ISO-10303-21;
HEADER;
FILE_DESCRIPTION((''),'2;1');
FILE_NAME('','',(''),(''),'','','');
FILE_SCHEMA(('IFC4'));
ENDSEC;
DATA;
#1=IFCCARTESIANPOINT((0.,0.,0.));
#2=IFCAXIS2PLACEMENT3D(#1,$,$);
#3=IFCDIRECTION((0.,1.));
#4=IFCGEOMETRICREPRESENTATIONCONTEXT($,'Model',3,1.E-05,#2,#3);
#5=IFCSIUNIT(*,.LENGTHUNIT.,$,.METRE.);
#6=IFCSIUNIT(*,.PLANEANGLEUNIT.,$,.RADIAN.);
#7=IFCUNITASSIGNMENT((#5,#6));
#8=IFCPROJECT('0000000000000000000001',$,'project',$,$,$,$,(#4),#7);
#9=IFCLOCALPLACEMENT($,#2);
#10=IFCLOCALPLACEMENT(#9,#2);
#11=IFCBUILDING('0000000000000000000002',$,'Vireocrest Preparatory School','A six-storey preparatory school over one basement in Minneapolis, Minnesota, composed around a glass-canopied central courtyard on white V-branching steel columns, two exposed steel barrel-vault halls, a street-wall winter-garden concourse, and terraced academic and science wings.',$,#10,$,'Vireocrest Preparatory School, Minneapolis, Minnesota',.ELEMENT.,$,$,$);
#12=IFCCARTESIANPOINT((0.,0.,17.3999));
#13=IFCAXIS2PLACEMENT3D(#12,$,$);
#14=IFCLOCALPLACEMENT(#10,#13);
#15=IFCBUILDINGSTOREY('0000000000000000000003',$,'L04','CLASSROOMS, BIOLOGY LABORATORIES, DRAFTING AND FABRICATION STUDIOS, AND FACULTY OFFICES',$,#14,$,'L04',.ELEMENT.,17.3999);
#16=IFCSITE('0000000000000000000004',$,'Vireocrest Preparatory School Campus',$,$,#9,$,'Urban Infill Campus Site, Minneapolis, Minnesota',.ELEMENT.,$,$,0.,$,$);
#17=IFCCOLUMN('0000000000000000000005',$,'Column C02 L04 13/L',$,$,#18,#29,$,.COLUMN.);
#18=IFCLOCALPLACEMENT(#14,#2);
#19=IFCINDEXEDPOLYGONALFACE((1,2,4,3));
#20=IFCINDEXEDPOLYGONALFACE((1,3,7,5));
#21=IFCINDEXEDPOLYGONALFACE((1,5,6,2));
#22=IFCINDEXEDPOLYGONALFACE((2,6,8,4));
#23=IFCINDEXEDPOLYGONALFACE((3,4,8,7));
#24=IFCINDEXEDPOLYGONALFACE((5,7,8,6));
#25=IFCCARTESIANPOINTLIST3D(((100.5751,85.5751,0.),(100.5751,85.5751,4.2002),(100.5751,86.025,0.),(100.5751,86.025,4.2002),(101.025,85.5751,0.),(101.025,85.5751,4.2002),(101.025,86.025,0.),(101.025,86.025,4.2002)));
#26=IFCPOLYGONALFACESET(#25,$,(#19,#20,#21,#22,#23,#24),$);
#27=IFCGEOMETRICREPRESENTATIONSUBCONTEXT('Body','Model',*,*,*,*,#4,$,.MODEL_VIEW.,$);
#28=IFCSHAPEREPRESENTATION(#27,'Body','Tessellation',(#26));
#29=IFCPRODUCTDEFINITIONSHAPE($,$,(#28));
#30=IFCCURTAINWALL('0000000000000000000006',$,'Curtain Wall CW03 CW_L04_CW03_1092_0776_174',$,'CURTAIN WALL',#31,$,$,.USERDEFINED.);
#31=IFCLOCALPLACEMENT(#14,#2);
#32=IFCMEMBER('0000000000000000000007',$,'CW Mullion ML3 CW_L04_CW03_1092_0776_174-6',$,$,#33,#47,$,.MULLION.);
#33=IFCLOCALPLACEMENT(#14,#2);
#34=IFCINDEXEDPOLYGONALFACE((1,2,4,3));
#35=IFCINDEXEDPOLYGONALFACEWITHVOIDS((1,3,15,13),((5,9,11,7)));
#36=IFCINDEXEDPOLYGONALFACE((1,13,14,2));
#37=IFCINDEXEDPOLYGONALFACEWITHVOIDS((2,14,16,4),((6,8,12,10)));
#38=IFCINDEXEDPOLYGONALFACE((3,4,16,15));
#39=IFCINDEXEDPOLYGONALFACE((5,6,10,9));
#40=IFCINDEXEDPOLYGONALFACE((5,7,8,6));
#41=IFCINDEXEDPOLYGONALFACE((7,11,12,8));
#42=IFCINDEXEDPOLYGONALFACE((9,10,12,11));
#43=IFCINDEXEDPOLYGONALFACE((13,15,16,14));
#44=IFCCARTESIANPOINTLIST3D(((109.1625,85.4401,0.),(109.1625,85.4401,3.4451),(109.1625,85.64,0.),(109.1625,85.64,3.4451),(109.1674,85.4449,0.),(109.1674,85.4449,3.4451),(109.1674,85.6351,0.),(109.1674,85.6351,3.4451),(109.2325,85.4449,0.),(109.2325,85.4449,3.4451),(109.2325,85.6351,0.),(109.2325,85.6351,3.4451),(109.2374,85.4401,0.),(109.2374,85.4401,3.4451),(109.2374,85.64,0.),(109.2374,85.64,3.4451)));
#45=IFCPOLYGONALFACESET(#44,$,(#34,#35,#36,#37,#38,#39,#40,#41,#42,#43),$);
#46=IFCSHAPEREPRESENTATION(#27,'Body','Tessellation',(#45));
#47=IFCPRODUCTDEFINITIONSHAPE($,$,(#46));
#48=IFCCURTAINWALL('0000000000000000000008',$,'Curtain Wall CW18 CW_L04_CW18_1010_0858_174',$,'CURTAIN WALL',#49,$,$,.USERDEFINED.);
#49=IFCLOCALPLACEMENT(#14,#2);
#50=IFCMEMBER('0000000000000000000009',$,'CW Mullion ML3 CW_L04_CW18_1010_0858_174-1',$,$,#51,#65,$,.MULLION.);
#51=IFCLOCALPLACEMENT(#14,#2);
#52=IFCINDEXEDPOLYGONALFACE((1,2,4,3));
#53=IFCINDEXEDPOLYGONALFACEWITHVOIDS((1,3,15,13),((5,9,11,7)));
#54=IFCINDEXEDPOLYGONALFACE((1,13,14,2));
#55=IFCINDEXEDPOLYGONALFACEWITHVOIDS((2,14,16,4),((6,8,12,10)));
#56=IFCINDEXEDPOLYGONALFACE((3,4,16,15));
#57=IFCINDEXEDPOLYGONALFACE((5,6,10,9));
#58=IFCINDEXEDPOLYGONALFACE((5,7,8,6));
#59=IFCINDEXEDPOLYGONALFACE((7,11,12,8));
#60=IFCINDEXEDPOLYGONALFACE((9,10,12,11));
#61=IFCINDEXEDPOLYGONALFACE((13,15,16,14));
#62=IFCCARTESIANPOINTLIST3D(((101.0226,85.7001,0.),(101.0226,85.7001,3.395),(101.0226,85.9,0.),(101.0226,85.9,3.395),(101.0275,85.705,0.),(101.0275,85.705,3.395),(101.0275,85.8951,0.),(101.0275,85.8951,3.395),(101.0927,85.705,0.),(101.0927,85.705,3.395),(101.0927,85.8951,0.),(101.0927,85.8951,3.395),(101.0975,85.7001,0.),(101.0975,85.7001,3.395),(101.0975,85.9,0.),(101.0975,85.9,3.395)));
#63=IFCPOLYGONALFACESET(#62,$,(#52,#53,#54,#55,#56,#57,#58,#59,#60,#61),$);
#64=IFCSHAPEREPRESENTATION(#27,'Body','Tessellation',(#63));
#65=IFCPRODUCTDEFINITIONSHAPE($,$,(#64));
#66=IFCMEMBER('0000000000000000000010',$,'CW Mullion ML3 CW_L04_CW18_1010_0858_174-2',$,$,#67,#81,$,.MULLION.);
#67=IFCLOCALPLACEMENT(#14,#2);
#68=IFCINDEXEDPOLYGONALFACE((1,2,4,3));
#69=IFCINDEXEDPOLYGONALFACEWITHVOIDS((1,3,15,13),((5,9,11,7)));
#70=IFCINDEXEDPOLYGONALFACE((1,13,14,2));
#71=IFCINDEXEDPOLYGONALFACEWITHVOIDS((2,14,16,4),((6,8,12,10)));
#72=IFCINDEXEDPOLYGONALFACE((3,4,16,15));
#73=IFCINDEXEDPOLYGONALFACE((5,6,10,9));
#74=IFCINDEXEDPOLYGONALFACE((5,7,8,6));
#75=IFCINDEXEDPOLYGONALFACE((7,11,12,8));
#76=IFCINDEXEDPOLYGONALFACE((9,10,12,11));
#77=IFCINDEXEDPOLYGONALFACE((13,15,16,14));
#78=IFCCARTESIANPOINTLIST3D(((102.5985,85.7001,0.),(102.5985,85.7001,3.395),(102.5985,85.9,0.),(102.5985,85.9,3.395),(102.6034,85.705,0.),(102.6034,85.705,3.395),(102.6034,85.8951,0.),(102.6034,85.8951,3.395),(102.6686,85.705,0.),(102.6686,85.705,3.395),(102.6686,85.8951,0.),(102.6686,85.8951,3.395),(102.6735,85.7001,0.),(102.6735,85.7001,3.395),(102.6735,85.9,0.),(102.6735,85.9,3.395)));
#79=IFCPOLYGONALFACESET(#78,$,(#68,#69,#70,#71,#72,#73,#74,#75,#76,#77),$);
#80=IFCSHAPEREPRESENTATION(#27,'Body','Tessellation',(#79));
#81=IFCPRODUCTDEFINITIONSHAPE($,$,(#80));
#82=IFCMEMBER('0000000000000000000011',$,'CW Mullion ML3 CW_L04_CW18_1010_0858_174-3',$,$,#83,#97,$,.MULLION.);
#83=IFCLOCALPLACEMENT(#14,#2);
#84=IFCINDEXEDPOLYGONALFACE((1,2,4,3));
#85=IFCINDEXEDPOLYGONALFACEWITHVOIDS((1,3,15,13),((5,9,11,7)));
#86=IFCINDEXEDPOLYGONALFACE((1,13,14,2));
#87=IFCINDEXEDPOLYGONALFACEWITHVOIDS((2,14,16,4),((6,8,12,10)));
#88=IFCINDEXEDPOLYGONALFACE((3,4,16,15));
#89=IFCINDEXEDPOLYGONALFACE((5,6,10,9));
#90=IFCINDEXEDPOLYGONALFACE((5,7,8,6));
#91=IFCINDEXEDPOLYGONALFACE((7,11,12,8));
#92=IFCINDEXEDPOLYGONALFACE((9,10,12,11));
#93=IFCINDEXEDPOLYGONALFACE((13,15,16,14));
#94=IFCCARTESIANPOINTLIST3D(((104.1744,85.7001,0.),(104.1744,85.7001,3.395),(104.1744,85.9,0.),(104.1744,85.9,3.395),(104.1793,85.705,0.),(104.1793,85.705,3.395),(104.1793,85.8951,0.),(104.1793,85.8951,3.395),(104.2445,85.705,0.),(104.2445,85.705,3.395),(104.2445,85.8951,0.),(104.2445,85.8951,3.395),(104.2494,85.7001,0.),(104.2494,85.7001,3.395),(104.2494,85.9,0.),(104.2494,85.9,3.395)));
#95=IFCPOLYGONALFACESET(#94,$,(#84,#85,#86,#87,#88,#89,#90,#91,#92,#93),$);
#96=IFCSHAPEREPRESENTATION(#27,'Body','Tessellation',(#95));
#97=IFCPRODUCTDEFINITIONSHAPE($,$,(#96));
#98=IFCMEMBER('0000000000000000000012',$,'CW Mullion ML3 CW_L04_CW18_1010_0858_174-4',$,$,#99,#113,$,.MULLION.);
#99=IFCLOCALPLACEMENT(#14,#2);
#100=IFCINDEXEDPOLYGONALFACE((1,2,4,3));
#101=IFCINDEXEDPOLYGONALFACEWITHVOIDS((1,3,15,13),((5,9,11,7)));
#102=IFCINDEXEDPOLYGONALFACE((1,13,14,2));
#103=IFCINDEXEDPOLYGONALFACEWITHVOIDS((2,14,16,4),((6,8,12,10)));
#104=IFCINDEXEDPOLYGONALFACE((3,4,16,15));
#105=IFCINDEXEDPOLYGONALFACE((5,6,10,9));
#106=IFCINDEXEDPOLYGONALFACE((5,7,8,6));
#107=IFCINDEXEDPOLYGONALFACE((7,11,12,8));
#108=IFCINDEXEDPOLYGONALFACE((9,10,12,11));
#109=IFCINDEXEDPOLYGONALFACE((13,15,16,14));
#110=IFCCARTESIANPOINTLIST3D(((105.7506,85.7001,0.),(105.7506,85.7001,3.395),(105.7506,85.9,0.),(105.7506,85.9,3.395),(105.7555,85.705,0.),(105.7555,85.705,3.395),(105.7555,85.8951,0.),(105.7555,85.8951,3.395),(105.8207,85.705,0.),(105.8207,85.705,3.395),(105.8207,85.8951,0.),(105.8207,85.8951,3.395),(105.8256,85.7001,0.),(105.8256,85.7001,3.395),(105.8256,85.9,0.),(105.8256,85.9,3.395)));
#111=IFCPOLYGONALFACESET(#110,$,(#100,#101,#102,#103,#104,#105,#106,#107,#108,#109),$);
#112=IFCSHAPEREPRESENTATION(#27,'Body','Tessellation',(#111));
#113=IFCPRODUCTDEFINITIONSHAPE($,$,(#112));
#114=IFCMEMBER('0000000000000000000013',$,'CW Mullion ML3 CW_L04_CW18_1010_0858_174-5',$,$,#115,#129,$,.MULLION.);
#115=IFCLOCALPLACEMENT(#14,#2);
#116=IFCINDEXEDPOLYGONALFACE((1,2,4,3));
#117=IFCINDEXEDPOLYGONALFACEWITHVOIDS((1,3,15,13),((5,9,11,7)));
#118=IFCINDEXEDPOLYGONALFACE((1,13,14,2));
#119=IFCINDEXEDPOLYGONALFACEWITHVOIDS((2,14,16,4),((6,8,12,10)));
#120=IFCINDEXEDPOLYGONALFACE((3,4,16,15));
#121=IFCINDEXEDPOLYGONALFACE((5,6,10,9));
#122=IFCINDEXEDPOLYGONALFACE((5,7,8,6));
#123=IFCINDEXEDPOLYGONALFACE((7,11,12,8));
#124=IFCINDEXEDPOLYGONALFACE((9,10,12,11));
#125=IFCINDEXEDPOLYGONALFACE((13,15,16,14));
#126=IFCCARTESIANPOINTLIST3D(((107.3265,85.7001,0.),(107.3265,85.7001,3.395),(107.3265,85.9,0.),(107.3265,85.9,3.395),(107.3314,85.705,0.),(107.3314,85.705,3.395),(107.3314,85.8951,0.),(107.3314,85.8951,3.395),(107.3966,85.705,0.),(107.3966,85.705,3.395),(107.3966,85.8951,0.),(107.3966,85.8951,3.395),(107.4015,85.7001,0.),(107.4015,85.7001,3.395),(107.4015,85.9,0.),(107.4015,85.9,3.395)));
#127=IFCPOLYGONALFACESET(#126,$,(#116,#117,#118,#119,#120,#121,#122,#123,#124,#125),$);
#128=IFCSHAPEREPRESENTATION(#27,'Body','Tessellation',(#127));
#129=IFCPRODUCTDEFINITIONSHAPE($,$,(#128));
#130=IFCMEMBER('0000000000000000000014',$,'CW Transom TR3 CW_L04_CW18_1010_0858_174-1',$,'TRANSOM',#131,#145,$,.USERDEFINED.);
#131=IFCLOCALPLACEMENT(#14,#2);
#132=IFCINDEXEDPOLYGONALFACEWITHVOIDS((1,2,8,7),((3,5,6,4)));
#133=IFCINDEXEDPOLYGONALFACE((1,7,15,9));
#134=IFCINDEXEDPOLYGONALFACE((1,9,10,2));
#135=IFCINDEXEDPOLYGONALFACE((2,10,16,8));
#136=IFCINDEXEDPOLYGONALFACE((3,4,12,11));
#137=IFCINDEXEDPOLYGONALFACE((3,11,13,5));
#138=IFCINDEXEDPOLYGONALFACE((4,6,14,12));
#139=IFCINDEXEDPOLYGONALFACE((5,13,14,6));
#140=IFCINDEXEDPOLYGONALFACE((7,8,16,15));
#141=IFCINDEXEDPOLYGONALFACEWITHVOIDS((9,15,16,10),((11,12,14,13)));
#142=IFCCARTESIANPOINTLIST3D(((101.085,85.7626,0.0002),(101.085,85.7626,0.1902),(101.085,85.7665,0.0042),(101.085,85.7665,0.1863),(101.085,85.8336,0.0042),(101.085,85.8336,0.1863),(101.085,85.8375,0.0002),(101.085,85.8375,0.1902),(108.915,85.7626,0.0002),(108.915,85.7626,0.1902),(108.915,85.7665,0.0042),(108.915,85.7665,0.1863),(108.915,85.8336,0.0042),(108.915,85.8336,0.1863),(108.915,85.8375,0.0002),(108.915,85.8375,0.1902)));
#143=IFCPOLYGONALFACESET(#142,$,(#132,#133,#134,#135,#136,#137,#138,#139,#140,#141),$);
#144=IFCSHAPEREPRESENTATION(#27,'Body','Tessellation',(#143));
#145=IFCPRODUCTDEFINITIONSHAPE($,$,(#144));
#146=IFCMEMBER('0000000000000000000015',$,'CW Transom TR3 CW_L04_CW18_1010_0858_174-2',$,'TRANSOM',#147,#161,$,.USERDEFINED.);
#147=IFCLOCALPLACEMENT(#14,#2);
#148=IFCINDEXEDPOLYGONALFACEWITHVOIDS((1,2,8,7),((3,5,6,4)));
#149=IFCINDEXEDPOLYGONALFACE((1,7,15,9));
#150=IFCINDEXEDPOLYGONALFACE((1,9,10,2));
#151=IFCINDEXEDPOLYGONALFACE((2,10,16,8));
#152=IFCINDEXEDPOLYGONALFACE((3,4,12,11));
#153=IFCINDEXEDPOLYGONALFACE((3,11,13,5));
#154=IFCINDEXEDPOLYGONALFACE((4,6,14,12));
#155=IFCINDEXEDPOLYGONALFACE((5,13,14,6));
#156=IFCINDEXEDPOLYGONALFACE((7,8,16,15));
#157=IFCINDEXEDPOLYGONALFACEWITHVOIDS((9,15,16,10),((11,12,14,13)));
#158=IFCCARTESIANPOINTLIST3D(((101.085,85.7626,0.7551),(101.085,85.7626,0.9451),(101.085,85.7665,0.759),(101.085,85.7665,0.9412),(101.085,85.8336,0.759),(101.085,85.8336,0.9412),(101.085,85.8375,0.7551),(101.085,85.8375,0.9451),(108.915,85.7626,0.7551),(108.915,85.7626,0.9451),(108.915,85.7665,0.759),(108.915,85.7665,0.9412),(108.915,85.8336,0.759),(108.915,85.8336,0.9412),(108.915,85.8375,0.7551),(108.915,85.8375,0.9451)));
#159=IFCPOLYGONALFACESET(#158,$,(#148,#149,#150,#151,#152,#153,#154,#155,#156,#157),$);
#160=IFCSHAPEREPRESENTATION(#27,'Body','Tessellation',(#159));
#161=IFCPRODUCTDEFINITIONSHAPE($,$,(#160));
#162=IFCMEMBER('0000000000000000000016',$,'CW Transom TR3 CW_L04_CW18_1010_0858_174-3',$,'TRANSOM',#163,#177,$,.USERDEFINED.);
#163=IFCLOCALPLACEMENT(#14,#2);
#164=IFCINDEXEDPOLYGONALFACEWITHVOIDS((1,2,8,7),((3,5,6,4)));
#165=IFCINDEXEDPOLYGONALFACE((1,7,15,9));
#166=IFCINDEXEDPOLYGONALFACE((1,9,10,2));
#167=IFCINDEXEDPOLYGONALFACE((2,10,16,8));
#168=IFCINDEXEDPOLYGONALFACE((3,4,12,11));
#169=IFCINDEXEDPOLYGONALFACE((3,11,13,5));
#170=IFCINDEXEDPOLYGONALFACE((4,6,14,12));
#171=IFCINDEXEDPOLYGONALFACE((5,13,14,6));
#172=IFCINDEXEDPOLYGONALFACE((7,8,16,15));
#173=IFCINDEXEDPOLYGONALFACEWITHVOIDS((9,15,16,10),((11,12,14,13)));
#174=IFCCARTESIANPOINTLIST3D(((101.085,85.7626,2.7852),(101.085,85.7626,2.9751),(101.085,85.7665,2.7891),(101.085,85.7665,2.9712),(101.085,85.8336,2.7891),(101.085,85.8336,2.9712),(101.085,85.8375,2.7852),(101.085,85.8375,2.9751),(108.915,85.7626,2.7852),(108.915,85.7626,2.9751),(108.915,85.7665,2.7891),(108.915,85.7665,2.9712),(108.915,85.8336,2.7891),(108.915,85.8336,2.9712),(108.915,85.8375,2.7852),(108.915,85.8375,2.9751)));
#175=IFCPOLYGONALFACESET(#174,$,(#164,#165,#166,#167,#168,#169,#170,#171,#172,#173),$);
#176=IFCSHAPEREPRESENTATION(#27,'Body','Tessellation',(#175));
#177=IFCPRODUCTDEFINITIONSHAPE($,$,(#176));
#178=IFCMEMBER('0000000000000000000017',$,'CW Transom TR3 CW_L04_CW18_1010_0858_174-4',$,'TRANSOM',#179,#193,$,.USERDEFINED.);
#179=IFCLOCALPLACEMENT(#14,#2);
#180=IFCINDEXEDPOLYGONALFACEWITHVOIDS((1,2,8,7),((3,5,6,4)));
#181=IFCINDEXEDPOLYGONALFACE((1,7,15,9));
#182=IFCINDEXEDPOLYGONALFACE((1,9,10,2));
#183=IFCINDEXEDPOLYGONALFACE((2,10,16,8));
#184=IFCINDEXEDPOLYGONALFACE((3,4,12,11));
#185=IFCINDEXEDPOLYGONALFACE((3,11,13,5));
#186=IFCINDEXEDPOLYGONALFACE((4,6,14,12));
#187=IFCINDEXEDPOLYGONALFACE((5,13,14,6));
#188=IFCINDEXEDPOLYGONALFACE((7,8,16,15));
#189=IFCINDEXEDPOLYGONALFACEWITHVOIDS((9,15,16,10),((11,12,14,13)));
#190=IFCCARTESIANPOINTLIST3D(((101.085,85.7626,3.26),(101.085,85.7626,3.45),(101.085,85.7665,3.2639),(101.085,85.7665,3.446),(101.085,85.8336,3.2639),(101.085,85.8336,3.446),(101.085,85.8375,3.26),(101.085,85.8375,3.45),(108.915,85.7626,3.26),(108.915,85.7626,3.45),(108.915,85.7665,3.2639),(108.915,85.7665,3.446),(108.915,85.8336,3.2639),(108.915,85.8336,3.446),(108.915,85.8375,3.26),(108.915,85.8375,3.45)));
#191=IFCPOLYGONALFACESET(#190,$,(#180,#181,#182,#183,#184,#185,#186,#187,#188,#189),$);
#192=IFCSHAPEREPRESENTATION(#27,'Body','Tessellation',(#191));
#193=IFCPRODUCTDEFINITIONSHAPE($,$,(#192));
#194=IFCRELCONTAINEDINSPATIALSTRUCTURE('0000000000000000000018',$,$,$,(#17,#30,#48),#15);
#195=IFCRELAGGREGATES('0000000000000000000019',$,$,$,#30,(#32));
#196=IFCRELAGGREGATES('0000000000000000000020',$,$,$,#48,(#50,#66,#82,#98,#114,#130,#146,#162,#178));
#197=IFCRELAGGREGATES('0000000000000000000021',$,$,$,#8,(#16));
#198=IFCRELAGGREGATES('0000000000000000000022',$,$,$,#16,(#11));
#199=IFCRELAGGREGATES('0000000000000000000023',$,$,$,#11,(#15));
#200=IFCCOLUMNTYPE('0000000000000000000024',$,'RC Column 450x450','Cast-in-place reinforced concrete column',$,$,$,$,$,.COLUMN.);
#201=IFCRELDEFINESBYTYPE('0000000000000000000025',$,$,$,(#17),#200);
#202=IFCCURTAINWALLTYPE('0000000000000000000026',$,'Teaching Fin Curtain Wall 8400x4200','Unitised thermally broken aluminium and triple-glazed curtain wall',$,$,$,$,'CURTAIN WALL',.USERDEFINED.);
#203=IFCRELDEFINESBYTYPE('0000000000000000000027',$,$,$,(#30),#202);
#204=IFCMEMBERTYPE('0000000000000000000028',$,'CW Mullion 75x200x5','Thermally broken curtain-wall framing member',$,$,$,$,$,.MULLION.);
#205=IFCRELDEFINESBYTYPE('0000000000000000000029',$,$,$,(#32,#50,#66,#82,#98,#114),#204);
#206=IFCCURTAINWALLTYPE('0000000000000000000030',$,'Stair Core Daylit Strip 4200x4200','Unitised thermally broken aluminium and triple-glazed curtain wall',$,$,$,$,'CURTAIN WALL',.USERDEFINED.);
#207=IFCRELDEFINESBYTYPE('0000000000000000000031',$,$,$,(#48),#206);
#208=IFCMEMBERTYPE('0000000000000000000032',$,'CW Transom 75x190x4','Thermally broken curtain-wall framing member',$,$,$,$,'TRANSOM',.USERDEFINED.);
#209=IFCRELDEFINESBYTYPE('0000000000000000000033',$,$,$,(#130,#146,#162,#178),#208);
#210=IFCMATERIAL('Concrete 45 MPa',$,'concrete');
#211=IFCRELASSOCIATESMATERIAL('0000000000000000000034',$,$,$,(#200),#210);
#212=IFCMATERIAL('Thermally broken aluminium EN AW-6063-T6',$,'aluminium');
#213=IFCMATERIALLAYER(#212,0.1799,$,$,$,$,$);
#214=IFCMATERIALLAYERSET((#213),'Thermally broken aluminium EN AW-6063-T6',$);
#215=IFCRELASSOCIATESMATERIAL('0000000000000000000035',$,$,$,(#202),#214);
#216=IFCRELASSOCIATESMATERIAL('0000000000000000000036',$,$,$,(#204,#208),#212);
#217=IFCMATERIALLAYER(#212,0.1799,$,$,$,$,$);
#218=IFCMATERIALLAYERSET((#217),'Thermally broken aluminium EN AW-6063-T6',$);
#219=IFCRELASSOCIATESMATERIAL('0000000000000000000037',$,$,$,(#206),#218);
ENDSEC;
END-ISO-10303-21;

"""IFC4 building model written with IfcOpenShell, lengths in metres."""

from ifc_helpers import new_model, si_unit, direction, frame, origin, origin_2d, place, context, subcontext, project, spatial, rectangle, hollow_rectangle, extrude, material, layer, layer_set, material_profile, profile_set, type_object, element, aggregate, save


model = new_model("IFC4")

# Units and contexts
model_context = context("Model", 3, precision=1e-05, world=origin(), true_north=direction((0.0, 1.0)))
body_context = subcontext(model_context, "Body", "Model", "MODEL_VIEW")
ifc_project = project(units=[si_unit("LENGTHUNIT", "METRE"), si_unit("PLANEANGLEUNIT", "RADIAN")], contexts=[model_context])

# Site, building, storey
site_placement = place(None, origin())
site = spatial("IfcSite", under=ifc_project, at=site_placement, Name="Vireocrest Preparatory School Campus", LongName="Urban Infill Campus Site, Minneapolis, Minnesota", CompositionType="ELEMENT", RefElevation=0.0)
building_placement = place(site_placement, origin())
building = spatial("IfcBuilding", under=site, at=building_placement, Name="Vireocrest Preparatory School", Description="A six-storey preparatory school over one basement in Minneapolis, Minnesota, composed around a glass-canopied central courtyard on white V-branching steel columns, two exposed steel barrel-vault halls, a street-wall winter-garden concourse, and terraced academic and science wings.", LongName="Vireocrest Preparatory School, Minneapolis, Minnesota", CompositionType="ELEMENT")
storey_placement = place(building_placement, frame((0.0, 0.0, 17.3999)))
storey = spatial("IfcBuildingStorey", under=building, at=storey_placement, Name="L04", Description="CLASSROOMS, BIOLOGY LABORATORIES, DRAFTING AND FABRICATION STUDIOS, AND FACULTY OFFICES", LongName="L04", CompositionType="ELEMENT", Elevation=17.3999)

# Column
ifc_material_1 = material(Name="Concrete 45 MPa", Category="concrete")
ifc_material_profile_1 = material_profile(ifc_material_1, rectangle(XDim=0.45, YDim=0.45, at=origin_2d()), Name="RC 450x450")
ifc_profile_set_1 = profile_set([ifc_material_profile_1], Name="Concrete 45 MPa")
column_type = type_object("IfcColumnType", Name="RC Column 450x450", Description="Cast-in-place reinforced concrete column", PredefinedType="COLUMN", material=ifc_profile_set_1)
column_placement = place(storey_placement, frame((100.8, 85.8, 0.0), z_axis=(0.0, 0.0, 1.0), x_axis=(1.0, 0.0, 0.0)))
element("IfcColumn", 1, at=column_placement, inside=storey, type_object=column_type, Name="Column C02 L04 13/L", PredefinedType="COLUMN", context=body_context, shape_type="SweptSolid", body=[
    extrude(rectangle(XDim=0.45, YDim=0.45, at=origin_2d()), origin(), (0.0, 0.0, 1.0), 4.2002),
])

# Curtain wall, member
ifc_material_2 = material(Name="Thermally broken aluminium EN AW-6063-T6", Category="aluminium")
ifc_layer_1 = layer(ifc_material_2, 0.1799)
ifc_layer_set_1 = layer_set([ifc_layer_1], Name="Thermally broken aluminium EN AW-6063-T6")
curtain_wall_type_1 = type_object("IfcCurtainWallType", Name="Teaching Fin Curtain Wall 8400x4200", Description="Unitised thermally broken aluminium and triple-glazed curtain wall", ElementType="CURTAIN WALL", PredefinedType="USERDEFINED", material=ifc_layer_set_1)
curtain_wall_1_placement = place(storey_placement, origin())
curtain_wall_1 = element("IfcCurtainWall", 2, at=curtain_wall_1_placement, inside=storey, type_object=curtain_wall_type_1, Name="Curtain Wall CW03 CW_L04_CW03_1092_0776_174", ObjectType="CURTAIN WALL", PredefinedType="USERDEFINED")
ifc_material_profile_2 = material_profile(ifc_material_2, hollow_rectangle(XDim=0.075, YDim=0.2, WallThickness=0.0049, at=origin_2d()), Name="ALU 75x200x5")
ifc_profile_set_2 = profile_set([ifc_material_profile_2], Name="Thermally broken aluminium EN AW-6063-T6")
member_type_1 = type_object("IfcMemberType", Name="CW Mullion 75x200x5", Description="Thermally broken curtain-wall framing member", PredefinedType="MULLION", material=ifc_profile_set_2)
member_1_placement = place(storey_placement, frame((109.2, 85.54, 0.0), z_axis=(0.0, 0.0, 1.0), x_axis=(1.0, 0.0, 0.0)))
member_1 = element("IfcMember", 3, at=member_1_placement, type_object=member_type_1, Name="CW Mullion ML3 CW_L04_CW03_1092_0776_174-6", PredefinedType="MULLION", context=body_context, shape_type="SweptSolid", body=[
    extrude(hollow_rectangle(XDim=0.075, YDim=0.2, WallThickness=0.0049, at=origin_2d()), origin(), (0.0, 0.0, 1.0), 3.4451),
])

# Curtain wall, members
ifc_layer_2 = layer(ifc_material_2, 0.1799)
ifc_layer_set_2 = layer_set([ifc_layer_2], Name="Thermally broken aluminium EN AW-6063-T6")
curtain_wall_type_2 = type_object("IfcCurtainWallType", Name="Stair Core Daylit Strip 4200x4200", Description="Unitised thermally broken aluminium and triple-glazed curtain wall", ElementType="CURTAIN WALL", PredefinedType="USERDEFINED", material=ifc_layer_set_2)
curtain_wall_2_placement = place(storey_placement, origin())
curtain_wall_2 = element("IfcCurtainWall", 4, at=curtain_wall_2_placement, inside=storey, type_object=curtain_wall_type_2, Name="Curtain Wall CW18 CW_L04_CW18_1010_0858_174", ObjectType="CURTAIN WALL", PredefinedType="USERDEFINED")
member_2_placement = place(storey_placement, frame((101.0601, 85.8, 0.0), z_axis=(0.0, 0.0, 1.0), x_axis=(1.0, 0.0, 0.0)))
member_2 = element("IfcMember", 5, at=member_2_placement, type_object=member_type_1, Name="CW Mullion ML3 CW_L04_CW18_1010_0858_174-1", PredefinedType="MULLION", context=body_context, shape_type="SweptSolid", body=[
    extrude(hollow_rectangle(XDim=0.075, YDim=0.2, WallThickness=0.0049, at=origin_2d()), origin(), (0.0, 0.0, 1.0), 3.395),
])
member_3_placement = place(storey_placement, frame((102.636, 85.8, 0.0), z_axis=(0.0, 0.0, 1.0), x_axis=(1.0, 0.0, 0.0)))
member_3 = element("IfcMember", 6, at=member_3_placement, type_object=member_type_1, Name="CW Mullion ML3 CW_L04_CW18_1010_0858_174-2", PredefinedType="MULLION", context=body_context, shape_type="SweptSolid", body=[
    extrude(hollow_rectangle(XDim=0.075, YDim=0.2, WallThickness=0.0049, at=origin_2d()), origin(), (0.0, 0.0, 1.0), 3.395),
])
member_4_placement = place(storey_placement, frame((104.2119, 85.8, 0.0), z_axis=(0.0, 0.0, 1.0), x_axis=(1.0, 0.0, 0.0)))
member_4 = element("IfcMember", 7, at=member_4_placement, type_object=member_type_1, Name="CW Mullion ML3 CW_L04_CW18_1010_0858_174-3", PredefinedType="MULLION", context=body_context, shape_type="SweptSolid", body=[
    extrude(hollow_rectangle(XDim=0.075, YDim=0.2, WallThickness=0.0049, at=origin_2d()), origin(), (0.0, 0.0, 1.0), 3.395),
])
member_5_placement = place(storey_placement, frame((105.7881, 85.8, 0.0), z_axis=(0.0, 0.0, 1.0), x_axis=(1.0, 0.0, 0.0)))
member_5 = element("IfcMember", 8, at=member_5_placement, type_object=member_type_1, Name="CW Mullion ML3 CW_L04_CW18_1010_0858_174-4", PredefinedType="MULLION", context=body_context, shape_type="SweptSolid", body=[
    extrude(hollow_rectangle(XDim=0.075, YDim=0.2, WallThickness=0.0049, at=origin_2d()), origin(), (0.0, 0.0, 1.0), 3.395),
])
member_6_placement = place(storey_placement, frame((107.364, 85.8, 0.0), z_axis=(0.0, 0.0, 1.0), x_axis=(1.0, 0.0, 0.0)))
member_6 = element("IfcMember", 9, at=member_6_placement, type_object=member_type_1, Name="CW Mullion ML3 CW_L04_CW18_1010_0858_174-5", PredefinedType="MULLION", context=body_context, shape_type="SweptSolid", body=[
    extrude(hollow_rectangle(XDim=0.075, YDim=0.2, WallThickness=0.0049, at=origin_2d()), origin(), (0.0, 0.0, 1.0), 3.395),
])
ifc_material_profile_3 = material_profile(ifc_material_2, hollow_rectangle(XDim=0.075, YDim=0.1899, WallThickness=0.0039, at=origin_2d()), Name="ALU 75x190x4")
ifc_profile_set_3 = profile_set([ifc_material_profile_3], Name="Thermally broken aluminium EN AW-6063-T6")
member_type_2 = type_object("IfcMemberType", Name="CW Transom 75x190x4", Description="Thermally broken curtain-wall framing member", ElementType="TRANSOM", PredefinedType="USERDEFINED", material=ifc_profile_set_3)
member_7_placement = place(storey_placement, frame((101.085, 85.8, 0.0952), z_axis=(1.0, 0.0, 0.0), x_axis=(0.0, 1.0, 0.0)))
member_7 = element("IfcMember", 10, at=member_7_placement, type_object=member_type_2, Name="CW Transom TR3 CW_L04_CW18_1010_0858_174-1", ObjectType="TRANSOM", PredefinedType="USERDEFINED", context=body_context, shape_type="SweptSolid", body=[
    extrude(hollow_rectangle(XDim=0.075, YDim=0.1899, WallThickness=0.0039, at=origin_2d()), origin(), (0.0, 0.0, 1.0), 7.8301),
])
member_8_placement = place(storey_placement, frame((101.085, 85.8, 0.8501), z_axis=(1.0, 0.0, 0.0), x_axis=(0.0, 1.0, 0.0)))
member_8 = element("IfcMember", 11, at=member_8_placement, type_object=member_type_2, Name="CW Transom TR3 CW_L04_CW18_1010_0858_174-2", ObjectType="TRANSOM", PredefinedType="USERDEFINED", context=body_context, shape_type="SweptSolid", body=[
    extrude(hollow_rectangle(XDim=0.075, YDim=0.1899, WallThickness=0.0039, at=origin_2d()), origin(), (0.0, 0.0, 1.0), 7.8301),
])
member_9_placement = place(storey_placement, frame((101.085, 85.8, 2.8801), z_axis=(1.0, 0.0, 0.0), x_axis=(0.0, 1.0, 0.0)))
member_9 = element("IfcMember", 12, at=member_9_placement, type_object=member_type_2, Name="CW Transom TR3 CW_L04_CW18_1010_0858_174-3", ObjectType="TRANSOM", PredefinedType="USERDEFINED", context=body_context, shape_type="SweptSolid", body=[
    extrude(hollow_rectangle(XDim=0.075, YDim=0.1899, WallThickness=0.0039, at=origin_2d()), origin(), (0.0, 0.0, 1.0), 7.8301),
])
member_10_placement = place(storey_placement, frame((101.085, 85.8, 3.355), z_axis=(1.0, 0.0, 0.0), x_axis=(0.0, 1.0, 0.0)))
member_10 = element("IfcMember", 13, at=member_10_placement, type_object=member_type_2, Name="CW Transom TR3 CW_L04_CW18_1010_0858_174-4", ObjectType="TRANSOM", PredefinedType="USERDEFINED", context=body_context, shape_type="SweptSolid", body=[
    extrude(hollow_rectangle(XDim=0.075, YDim=0.1899, WallThickness=0.0039, at=origin_2d()), origin(), (0.0, 0.0, 1.0), 7.8301),
])

aggregate(curtain_wall_1, [member_1])
aggregate(curtain_wall_2, [member_2, member_3, member_4, member_5, member_6, member_7, member_8, member_9, member_10])

save(model, "model.ifc")
